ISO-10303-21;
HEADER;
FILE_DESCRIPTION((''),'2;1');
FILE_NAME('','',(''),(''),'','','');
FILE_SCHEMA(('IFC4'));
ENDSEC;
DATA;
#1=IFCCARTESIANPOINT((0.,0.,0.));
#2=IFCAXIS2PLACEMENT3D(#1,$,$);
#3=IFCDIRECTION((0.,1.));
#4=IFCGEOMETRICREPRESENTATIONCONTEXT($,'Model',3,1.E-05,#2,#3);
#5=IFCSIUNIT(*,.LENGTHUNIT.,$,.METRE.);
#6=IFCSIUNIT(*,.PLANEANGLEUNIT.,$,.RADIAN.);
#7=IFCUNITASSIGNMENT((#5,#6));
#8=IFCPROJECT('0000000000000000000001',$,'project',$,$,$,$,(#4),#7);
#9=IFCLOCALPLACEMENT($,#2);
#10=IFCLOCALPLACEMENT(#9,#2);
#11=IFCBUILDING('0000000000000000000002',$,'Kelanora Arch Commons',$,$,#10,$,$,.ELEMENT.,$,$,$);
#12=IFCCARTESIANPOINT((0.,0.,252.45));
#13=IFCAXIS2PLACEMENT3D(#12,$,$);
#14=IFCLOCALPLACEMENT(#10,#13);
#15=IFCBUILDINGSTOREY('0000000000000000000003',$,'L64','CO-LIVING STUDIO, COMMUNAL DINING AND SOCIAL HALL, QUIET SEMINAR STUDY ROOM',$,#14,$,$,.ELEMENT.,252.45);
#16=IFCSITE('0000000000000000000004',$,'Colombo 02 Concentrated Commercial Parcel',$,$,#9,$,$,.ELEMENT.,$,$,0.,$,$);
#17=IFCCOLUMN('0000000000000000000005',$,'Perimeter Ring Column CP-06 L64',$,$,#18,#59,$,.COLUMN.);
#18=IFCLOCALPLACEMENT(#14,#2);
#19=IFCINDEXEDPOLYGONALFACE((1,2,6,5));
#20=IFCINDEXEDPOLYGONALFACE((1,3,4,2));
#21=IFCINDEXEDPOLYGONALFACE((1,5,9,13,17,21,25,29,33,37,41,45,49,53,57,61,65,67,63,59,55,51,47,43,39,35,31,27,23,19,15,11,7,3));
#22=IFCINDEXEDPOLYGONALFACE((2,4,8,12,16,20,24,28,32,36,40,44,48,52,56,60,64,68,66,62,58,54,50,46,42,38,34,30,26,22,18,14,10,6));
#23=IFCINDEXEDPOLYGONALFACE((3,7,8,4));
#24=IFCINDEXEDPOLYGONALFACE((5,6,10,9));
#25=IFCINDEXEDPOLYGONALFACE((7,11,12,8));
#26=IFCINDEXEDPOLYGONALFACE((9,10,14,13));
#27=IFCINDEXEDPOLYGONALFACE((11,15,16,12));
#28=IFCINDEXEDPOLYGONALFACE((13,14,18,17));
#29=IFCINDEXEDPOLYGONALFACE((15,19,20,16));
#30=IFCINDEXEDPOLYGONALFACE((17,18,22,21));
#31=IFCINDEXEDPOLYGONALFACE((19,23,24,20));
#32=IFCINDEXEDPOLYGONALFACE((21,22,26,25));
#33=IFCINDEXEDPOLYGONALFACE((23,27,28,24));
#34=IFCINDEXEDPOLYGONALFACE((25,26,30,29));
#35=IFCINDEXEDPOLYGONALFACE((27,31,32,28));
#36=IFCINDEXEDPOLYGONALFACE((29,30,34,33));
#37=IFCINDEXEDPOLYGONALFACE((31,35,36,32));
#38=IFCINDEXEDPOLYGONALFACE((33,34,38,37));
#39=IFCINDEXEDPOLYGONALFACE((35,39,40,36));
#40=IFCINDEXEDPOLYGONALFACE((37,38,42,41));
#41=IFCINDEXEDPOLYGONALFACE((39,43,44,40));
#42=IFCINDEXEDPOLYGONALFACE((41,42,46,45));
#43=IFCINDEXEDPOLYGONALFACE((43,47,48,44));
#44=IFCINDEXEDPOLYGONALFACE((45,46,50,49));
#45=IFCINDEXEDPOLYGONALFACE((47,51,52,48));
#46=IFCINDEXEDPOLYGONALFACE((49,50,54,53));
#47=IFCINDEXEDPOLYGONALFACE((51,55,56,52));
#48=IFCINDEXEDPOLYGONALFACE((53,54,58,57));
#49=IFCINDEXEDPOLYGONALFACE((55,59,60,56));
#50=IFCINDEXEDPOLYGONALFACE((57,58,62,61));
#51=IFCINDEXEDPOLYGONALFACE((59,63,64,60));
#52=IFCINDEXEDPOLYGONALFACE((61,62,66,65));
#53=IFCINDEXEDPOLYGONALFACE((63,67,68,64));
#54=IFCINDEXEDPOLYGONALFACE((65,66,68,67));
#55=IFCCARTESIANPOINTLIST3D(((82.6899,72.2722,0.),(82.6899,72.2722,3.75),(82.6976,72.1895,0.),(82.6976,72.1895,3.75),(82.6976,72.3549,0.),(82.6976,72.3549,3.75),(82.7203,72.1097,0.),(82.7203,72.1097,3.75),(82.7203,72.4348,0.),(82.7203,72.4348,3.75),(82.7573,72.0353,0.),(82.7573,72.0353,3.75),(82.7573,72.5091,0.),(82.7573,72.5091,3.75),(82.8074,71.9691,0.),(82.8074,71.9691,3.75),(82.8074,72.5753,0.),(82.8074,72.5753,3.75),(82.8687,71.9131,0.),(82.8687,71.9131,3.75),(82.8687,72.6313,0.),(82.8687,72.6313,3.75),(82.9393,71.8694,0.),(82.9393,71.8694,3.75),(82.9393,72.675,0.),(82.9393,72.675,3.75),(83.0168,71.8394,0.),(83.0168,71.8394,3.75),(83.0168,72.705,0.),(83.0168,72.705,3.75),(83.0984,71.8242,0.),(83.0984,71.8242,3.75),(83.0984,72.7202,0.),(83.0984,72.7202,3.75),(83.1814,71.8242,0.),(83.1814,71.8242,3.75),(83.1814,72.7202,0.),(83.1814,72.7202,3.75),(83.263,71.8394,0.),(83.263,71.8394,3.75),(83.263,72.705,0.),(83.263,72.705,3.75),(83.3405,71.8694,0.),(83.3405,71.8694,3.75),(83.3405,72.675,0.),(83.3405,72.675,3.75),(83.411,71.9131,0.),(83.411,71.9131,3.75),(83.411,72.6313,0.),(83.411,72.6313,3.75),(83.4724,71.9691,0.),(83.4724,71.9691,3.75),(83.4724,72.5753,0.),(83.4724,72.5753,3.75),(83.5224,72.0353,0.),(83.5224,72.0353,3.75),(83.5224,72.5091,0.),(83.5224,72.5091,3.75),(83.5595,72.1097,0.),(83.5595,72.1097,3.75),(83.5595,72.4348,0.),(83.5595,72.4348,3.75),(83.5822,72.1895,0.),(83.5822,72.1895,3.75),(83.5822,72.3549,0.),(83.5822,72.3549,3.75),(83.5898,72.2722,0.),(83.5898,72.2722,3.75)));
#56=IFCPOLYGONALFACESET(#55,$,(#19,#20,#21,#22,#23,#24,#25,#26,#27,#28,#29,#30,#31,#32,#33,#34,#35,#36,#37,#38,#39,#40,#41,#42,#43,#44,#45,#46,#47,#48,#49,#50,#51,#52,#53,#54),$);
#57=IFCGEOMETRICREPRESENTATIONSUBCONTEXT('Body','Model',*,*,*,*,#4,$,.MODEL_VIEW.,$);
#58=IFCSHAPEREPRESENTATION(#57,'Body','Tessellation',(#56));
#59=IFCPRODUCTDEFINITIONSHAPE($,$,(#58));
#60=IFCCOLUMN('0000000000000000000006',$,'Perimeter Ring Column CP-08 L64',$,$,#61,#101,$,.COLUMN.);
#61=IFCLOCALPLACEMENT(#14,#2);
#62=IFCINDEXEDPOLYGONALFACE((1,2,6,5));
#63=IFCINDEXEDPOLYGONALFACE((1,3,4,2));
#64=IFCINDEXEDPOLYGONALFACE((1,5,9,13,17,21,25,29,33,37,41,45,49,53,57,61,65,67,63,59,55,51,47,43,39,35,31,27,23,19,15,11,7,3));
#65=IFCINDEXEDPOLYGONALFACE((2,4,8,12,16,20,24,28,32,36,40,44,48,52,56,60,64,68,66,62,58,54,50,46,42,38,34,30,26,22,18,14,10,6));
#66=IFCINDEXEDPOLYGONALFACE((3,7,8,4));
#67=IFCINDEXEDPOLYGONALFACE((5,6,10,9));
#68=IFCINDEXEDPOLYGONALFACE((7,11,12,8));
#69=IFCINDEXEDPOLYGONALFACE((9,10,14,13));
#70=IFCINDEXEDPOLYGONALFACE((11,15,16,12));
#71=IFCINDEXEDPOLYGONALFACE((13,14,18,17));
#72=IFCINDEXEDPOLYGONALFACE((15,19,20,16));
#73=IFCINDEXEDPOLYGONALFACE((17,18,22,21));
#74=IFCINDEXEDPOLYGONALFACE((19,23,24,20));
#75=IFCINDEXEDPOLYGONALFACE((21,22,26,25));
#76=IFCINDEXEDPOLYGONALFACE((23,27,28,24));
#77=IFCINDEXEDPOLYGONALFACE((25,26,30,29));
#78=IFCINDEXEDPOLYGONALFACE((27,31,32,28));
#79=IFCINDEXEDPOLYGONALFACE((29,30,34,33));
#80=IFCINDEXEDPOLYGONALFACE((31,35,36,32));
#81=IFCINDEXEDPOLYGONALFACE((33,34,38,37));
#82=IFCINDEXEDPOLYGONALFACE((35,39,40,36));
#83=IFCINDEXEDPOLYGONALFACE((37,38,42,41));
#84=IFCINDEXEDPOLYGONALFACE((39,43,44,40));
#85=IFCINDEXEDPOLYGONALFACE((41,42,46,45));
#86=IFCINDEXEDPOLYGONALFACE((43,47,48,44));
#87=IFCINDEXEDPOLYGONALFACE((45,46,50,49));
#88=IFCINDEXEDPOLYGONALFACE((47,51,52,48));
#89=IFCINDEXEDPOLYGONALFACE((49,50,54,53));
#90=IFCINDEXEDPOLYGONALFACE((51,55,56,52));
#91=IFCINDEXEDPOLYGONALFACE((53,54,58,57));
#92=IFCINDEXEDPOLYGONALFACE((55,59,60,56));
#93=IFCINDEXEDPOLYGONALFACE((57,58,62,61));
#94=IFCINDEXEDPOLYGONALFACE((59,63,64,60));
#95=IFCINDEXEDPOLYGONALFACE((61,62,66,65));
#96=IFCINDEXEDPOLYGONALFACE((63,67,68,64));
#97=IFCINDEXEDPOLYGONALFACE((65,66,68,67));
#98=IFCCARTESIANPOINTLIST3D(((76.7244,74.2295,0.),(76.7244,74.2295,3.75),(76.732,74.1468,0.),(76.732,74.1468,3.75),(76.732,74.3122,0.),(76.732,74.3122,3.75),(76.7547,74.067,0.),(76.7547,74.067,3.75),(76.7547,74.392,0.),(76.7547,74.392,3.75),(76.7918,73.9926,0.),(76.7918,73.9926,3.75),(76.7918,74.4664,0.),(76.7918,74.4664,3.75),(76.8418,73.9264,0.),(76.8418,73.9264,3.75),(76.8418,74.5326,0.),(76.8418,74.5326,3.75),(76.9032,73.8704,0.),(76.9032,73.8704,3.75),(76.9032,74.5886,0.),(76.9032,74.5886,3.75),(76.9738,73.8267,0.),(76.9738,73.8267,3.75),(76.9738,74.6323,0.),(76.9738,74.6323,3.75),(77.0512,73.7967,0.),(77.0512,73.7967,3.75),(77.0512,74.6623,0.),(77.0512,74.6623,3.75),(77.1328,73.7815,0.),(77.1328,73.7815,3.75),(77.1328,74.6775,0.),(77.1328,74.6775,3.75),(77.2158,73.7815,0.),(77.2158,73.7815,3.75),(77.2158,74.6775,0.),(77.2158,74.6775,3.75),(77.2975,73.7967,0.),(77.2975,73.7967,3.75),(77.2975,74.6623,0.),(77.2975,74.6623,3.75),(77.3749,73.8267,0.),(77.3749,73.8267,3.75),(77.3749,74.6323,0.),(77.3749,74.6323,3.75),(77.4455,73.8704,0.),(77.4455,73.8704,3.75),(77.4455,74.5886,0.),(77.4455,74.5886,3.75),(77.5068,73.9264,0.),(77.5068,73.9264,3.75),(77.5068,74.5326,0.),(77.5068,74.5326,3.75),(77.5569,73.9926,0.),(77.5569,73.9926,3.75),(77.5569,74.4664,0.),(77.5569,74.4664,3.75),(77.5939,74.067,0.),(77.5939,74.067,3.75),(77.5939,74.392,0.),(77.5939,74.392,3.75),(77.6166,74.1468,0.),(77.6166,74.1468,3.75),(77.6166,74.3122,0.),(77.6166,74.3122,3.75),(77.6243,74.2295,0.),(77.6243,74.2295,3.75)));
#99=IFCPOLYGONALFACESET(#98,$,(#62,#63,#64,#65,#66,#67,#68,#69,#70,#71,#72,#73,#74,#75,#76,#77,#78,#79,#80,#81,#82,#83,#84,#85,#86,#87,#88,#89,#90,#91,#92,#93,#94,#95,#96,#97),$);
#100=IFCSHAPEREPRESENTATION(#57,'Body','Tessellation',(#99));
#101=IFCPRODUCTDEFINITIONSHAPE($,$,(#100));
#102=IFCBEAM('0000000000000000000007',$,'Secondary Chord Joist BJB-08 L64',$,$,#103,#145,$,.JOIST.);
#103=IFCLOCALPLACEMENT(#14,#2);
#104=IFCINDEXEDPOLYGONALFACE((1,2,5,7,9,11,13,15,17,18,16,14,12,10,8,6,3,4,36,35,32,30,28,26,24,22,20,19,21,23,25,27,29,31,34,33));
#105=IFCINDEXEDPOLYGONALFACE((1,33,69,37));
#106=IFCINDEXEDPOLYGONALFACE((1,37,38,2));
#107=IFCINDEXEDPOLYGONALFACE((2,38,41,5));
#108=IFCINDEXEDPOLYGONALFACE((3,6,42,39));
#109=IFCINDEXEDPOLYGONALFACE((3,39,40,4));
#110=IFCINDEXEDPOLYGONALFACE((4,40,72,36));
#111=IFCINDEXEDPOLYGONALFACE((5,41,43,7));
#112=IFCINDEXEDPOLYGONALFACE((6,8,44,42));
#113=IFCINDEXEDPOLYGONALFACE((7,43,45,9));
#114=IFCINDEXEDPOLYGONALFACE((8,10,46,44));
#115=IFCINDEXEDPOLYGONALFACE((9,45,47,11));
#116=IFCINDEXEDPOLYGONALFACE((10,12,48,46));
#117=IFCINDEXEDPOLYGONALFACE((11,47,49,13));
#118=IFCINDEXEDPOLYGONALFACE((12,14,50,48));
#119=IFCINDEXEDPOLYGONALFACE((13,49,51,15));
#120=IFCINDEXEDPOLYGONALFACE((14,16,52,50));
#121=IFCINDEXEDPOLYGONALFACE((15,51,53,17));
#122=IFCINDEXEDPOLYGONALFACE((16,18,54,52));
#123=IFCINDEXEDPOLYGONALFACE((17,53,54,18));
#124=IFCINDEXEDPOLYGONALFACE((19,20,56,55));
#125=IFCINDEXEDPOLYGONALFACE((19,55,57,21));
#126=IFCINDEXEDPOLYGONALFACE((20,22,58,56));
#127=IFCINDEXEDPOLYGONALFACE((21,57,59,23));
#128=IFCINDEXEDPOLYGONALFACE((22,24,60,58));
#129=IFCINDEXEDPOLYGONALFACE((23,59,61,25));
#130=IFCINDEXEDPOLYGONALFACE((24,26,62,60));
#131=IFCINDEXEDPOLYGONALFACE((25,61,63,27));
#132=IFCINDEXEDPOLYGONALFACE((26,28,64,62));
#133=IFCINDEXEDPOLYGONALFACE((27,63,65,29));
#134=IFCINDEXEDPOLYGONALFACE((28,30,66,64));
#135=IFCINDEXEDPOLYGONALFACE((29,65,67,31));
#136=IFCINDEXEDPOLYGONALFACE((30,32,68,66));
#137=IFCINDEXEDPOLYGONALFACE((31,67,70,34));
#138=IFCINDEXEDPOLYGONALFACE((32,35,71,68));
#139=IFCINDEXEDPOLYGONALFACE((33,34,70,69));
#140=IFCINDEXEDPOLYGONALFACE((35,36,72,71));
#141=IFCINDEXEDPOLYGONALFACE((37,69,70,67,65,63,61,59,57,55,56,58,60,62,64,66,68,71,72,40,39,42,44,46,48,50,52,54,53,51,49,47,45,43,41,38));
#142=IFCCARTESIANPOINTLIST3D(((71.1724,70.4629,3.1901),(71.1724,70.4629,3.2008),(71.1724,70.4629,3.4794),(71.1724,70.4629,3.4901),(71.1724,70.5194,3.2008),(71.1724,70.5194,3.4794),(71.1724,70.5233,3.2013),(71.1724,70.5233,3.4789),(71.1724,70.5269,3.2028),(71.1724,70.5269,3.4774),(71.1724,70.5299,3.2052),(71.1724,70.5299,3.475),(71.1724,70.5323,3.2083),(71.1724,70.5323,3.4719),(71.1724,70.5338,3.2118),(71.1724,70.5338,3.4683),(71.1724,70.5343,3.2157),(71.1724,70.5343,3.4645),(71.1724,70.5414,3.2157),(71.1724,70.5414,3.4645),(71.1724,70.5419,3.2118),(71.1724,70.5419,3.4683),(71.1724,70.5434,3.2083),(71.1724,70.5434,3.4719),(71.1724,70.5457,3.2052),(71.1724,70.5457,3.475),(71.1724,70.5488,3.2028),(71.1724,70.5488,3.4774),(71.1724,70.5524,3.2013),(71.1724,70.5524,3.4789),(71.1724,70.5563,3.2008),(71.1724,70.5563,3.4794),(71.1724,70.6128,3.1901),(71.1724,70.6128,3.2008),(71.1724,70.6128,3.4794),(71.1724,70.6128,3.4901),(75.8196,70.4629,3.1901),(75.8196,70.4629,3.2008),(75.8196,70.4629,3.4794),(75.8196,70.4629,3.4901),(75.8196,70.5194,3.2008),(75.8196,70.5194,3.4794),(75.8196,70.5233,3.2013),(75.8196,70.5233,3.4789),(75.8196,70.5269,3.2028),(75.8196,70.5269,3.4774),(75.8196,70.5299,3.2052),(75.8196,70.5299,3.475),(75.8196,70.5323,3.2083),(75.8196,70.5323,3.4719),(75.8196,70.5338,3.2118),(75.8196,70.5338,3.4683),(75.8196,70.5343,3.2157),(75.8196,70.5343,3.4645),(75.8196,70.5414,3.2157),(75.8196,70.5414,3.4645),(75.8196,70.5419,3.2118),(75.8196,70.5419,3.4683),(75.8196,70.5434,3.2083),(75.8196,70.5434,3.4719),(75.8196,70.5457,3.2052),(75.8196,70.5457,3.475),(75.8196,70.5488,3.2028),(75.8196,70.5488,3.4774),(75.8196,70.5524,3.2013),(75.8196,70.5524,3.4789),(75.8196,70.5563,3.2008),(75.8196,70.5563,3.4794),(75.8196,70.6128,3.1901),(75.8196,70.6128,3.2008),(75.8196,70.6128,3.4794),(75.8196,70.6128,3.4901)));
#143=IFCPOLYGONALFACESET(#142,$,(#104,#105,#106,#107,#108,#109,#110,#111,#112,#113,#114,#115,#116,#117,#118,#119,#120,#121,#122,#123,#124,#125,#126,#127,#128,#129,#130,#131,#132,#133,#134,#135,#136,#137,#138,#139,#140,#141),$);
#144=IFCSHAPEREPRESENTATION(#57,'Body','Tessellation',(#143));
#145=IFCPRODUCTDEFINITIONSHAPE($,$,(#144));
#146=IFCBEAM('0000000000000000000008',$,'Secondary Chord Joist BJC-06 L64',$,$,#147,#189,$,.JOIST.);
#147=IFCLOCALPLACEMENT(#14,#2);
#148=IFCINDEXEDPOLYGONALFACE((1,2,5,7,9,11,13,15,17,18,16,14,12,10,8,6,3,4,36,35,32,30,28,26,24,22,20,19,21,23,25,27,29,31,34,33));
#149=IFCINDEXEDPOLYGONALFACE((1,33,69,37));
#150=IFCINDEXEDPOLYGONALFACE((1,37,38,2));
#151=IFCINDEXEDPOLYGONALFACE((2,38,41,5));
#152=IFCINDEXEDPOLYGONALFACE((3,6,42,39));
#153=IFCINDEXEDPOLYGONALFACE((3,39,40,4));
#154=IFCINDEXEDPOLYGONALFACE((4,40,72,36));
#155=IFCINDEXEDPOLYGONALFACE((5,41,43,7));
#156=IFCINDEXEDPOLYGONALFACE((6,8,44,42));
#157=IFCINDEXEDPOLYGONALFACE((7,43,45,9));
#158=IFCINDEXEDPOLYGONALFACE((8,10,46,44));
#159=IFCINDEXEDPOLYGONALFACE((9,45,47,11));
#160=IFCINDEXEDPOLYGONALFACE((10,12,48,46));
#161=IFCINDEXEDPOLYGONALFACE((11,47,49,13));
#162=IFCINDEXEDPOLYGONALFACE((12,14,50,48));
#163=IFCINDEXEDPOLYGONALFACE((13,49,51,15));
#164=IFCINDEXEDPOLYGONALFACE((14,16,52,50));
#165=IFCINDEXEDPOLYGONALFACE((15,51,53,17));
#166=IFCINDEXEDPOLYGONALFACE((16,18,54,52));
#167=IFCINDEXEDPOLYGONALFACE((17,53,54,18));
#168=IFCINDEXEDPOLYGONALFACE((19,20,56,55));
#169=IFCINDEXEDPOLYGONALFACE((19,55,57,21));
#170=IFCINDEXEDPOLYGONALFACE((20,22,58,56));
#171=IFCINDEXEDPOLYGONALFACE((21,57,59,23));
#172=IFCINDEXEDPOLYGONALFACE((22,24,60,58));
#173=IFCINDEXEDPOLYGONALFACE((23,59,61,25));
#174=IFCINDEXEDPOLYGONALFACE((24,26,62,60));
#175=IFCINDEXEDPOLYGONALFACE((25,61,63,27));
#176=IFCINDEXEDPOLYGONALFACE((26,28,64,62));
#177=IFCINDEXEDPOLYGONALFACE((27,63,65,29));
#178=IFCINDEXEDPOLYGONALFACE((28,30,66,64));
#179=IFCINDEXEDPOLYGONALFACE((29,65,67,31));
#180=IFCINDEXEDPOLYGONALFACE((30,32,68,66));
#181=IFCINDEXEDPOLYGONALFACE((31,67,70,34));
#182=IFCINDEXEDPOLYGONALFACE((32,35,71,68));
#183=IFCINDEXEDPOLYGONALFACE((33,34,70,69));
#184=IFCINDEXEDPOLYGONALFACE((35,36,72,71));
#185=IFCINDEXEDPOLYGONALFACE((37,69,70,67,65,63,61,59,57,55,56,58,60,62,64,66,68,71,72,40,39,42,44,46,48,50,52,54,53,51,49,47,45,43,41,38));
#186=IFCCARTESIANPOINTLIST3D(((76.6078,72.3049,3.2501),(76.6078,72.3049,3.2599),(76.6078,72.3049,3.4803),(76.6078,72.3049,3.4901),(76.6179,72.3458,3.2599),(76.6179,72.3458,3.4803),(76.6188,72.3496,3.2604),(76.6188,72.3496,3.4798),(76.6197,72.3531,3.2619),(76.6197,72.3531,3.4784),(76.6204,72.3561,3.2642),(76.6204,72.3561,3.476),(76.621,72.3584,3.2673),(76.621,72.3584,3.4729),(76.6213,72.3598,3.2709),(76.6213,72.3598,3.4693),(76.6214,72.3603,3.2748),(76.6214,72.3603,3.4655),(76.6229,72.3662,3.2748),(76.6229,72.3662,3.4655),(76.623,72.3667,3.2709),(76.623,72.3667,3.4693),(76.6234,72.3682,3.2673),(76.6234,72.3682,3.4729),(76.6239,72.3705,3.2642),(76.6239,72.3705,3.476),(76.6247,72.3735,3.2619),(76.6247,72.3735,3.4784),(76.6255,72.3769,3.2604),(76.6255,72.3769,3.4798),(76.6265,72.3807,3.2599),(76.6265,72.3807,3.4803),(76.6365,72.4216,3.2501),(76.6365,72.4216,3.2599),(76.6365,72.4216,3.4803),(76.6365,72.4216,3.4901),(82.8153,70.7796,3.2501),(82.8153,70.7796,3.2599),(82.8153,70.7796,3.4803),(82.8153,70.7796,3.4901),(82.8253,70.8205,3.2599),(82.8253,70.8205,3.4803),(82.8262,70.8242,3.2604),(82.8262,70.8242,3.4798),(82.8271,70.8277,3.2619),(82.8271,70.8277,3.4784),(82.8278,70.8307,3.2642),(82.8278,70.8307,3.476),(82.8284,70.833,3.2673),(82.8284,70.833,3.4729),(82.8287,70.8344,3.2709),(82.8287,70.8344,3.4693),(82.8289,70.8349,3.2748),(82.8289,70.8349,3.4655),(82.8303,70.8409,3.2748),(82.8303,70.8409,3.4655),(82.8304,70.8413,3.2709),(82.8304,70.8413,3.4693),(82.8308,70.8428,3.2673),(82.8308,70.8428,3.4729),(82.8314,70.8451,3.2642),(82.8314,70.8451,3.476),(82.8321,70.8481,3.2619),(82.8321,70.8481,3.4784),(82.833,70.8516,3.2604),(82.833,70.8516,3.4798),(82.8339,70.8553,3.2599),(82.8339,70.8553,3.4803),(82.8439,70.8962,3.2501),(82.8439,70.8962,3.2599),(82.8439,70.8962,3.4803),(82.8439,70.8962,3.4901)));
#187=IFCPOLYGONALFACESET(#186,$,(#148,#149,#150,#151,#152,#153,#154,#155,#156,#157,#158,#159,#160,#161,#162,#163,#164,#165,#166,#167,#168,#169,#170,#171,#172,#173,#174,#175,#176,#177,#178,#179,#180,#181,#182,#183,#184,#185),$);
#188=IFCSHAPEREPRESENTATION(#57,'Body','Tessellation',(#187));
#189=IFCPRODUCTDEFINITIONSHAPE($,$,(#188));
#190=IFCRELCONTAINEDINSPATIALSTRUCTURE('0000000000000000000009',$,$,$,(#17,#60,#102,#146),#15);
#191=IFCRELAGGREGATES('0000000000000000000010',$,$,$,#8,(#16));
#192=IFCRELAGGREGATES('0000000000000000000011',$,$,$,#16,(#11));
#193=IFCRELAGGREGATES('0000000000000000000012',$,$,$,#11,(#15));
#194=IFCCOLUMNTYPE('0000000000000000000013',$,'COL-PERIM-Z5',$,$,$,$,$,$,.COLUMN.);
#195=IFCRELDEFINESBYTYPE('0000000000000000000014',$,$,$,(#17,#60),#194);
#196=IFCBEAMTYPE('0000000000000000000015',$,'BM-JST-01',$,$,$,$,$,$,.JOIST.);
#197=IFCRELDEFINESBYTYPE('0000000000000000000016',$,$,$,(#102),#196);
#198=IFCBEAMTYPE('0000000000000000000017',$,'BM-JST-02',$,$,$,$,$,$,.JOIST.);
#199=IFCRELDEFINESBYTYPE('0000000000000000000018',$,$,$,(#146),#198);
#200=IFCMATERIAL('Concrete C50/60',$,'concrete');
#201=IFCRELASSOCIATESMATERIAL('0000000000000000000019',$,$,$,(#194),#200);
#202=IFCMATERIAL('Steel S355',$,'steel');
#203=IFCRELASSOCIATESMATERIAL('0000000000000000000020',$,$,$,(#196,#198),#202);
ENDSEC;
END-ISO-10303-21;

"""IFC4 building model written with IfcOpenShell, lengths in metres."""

from ifc_helpers import new_model, si_unit, direction, frame, origin, origin_2d, place, context, subcontext, project, spatial, circle, i_section, extrude, material, material_profile, profile_set, type_object, element, save


model = new_model("IFC4")

# Units and contexts
model_context = context("Model", 3, precision=1e-05, world=origin(), true_north=direction((0.0, 1.0)))
body_context = subcontext(model_context, "Body", "Model", "MODEL_VIEW")
ifc_project = project(units=[si_unit("LENGTHUNIT", "METRE"), si_unit("PLANEANGLEUNIT", "RADIAN")], contexts=[model_context])

# Site, building, storey
site_placement = place(None, origin())
site = spatial("IfcSite", under=ifc_project, at=site_placement, Name="Colombo 02 Concentrated Commercial Parcel", CompositionType="ELEMENT", RefElevation=0.0)
building_placement = place(site_placement, origin())
building = spatial("IfcBuilding", under=site, at=building_placement, Name="Kelanora Arch Commons", CompositionType="ELEMENT")
storey_placement = place(building_placement, frame((0.0, 0.0, 252.45)))
storey = spatial("IfcBuildingStorey", under=building, at=storey_placement, Name="L64", Description="CO-LIVING STUDIO, COMMUNAL DINING AND SOCIAL HALL, QUIET SEMINAR STUDY ROOM", CompositionType="ELEMENT", Elevation=252.45)

# Columns
ifc_material_1 = material(Name="Concrete C50/60", Category="concrete")
ifc_material_profile_1 = material_profile(ifc_material_1, circle(Radius=0.45, at=origin_2d()), Name="RCC900")
ifc_profile_set_1 = profile_set([ifc_material_profile_1], Name="Concrete C50/60")
column_type = type_object("IfcColumnType", Name="COL-PERIM-Z5", PredefinedType="COLUMN", material=ifc_profile_set_1)
for number, where, z_axis, x_axis, name in (
    (1, (83.1399, 72.2722, 0.0), (0.0, 0.0, 1.0), (1.0, 0.0, 0.0), "Perimeter Ring Column CP-06 L64"),
    (2, (77.1743, 74.2295, 0.0), (0.0, 0.0, 1.0), (1.0, 0.0, 0.0), "Perimeter Ring Column CP-08 L64"),
):
    element("IfcColumn", number, at=place(storey_placement, frame(where, z_axis=z_axis, x_axis=x_axis)), inside=storey, type_object=column_type, Name=name, PredefinedType="COLUMN", context=body_context, shape_type="SweptSolid", body=[
        extrude(circle(Radius=0.45, at=origin_2d()), origin(), (0.0, 0.0, 1.0), 3.75),
    ])

# Beams
ifc_material_2 = material(Name="Steel S355", Category="steel")
ifc_material_profile_2 = material_profile(ifc_material_2, i_section(OverallWidth=0.1499, OverallDepth=0.3, WebThickness=0.0071, FlangeThickness=0.0107, FilletRadius=0.0149, at=origin_2d()), Name="IPE300")
ifc_profile_set_2 = profile_set([ifc_material_profile_2], Name="Steel S355")
beam_type_1 = type_object("IfcBeamType", Name="BM-JST-01", PredefinedType="JOIST", material=ifc_profile_set_2)
beam_1_placement = place(storey_placement, frame((75.8196, 70.5378, 3.3401), z_axis=(-1.0, 0.0, 0.0), x_axis=(0.0, -1.0, 0.0)))
element("IfcBeam", 3, at=beam_1_placement, inside=storey, type_object=beam_type_1, Name="Secondary Chord Joist BJB-08 L64", PredefinedType="JOIST", context=body_context, shape_type="SweptSolid", body=[
    extrude(i_section(OverallWidth=0.1499, OverallDepth=0.3, WebThickness=0.0071, FlangeThickness=0.0107, FilletRadius=0.0149, at=origin_2d()), origin(), (0.0, 0.0, 1.0), 4.6472),
])
ifc_material_profile_3 = material_profile(ifc_material_2, i_section(OverallWidth=0.1201, OverallDepth=0.24, WebThickness=0.0061, FlangeThickness=0.0098, FilletRadius=0.0149, at=origin_2d()), Name="IPE240")
ifc_profile_set_3 = profile_set([ifc_material_profile_3], Name="Steel S355")
beam_type_2 = type_object("IfcBeamType", Name="BM-JST-02", PredefinedType="JOIST", material=ifc_profile_set_3)
beam_2_placement = place(storey_placement, frame((82.8296, 70.8379, 3.3701), z_axis=(-0.97111, 0.238633, 0.0), x_axis=(-0.238633, -0.97111, 0.0)))
element("IfcBeam", 4, at=beam_2_placement, inside=storey, type_object=beam_type_2, Name="Secondary Chord Joist BJC-06 L64", PredefinedType="JOIST", context=body_context, shape_type="SweptSolid", body=[
    extrude(i_section(OverallWidth=0.1201, OverallDepth=0.24, WebThickness=0.0061, FlangeThickness=0.0098, FilletRadius=0.0149, at=origin_2d()), origin(), (0.0, 0.0, 1.0), 6.3921),
])

save(model, "model.ifc")
